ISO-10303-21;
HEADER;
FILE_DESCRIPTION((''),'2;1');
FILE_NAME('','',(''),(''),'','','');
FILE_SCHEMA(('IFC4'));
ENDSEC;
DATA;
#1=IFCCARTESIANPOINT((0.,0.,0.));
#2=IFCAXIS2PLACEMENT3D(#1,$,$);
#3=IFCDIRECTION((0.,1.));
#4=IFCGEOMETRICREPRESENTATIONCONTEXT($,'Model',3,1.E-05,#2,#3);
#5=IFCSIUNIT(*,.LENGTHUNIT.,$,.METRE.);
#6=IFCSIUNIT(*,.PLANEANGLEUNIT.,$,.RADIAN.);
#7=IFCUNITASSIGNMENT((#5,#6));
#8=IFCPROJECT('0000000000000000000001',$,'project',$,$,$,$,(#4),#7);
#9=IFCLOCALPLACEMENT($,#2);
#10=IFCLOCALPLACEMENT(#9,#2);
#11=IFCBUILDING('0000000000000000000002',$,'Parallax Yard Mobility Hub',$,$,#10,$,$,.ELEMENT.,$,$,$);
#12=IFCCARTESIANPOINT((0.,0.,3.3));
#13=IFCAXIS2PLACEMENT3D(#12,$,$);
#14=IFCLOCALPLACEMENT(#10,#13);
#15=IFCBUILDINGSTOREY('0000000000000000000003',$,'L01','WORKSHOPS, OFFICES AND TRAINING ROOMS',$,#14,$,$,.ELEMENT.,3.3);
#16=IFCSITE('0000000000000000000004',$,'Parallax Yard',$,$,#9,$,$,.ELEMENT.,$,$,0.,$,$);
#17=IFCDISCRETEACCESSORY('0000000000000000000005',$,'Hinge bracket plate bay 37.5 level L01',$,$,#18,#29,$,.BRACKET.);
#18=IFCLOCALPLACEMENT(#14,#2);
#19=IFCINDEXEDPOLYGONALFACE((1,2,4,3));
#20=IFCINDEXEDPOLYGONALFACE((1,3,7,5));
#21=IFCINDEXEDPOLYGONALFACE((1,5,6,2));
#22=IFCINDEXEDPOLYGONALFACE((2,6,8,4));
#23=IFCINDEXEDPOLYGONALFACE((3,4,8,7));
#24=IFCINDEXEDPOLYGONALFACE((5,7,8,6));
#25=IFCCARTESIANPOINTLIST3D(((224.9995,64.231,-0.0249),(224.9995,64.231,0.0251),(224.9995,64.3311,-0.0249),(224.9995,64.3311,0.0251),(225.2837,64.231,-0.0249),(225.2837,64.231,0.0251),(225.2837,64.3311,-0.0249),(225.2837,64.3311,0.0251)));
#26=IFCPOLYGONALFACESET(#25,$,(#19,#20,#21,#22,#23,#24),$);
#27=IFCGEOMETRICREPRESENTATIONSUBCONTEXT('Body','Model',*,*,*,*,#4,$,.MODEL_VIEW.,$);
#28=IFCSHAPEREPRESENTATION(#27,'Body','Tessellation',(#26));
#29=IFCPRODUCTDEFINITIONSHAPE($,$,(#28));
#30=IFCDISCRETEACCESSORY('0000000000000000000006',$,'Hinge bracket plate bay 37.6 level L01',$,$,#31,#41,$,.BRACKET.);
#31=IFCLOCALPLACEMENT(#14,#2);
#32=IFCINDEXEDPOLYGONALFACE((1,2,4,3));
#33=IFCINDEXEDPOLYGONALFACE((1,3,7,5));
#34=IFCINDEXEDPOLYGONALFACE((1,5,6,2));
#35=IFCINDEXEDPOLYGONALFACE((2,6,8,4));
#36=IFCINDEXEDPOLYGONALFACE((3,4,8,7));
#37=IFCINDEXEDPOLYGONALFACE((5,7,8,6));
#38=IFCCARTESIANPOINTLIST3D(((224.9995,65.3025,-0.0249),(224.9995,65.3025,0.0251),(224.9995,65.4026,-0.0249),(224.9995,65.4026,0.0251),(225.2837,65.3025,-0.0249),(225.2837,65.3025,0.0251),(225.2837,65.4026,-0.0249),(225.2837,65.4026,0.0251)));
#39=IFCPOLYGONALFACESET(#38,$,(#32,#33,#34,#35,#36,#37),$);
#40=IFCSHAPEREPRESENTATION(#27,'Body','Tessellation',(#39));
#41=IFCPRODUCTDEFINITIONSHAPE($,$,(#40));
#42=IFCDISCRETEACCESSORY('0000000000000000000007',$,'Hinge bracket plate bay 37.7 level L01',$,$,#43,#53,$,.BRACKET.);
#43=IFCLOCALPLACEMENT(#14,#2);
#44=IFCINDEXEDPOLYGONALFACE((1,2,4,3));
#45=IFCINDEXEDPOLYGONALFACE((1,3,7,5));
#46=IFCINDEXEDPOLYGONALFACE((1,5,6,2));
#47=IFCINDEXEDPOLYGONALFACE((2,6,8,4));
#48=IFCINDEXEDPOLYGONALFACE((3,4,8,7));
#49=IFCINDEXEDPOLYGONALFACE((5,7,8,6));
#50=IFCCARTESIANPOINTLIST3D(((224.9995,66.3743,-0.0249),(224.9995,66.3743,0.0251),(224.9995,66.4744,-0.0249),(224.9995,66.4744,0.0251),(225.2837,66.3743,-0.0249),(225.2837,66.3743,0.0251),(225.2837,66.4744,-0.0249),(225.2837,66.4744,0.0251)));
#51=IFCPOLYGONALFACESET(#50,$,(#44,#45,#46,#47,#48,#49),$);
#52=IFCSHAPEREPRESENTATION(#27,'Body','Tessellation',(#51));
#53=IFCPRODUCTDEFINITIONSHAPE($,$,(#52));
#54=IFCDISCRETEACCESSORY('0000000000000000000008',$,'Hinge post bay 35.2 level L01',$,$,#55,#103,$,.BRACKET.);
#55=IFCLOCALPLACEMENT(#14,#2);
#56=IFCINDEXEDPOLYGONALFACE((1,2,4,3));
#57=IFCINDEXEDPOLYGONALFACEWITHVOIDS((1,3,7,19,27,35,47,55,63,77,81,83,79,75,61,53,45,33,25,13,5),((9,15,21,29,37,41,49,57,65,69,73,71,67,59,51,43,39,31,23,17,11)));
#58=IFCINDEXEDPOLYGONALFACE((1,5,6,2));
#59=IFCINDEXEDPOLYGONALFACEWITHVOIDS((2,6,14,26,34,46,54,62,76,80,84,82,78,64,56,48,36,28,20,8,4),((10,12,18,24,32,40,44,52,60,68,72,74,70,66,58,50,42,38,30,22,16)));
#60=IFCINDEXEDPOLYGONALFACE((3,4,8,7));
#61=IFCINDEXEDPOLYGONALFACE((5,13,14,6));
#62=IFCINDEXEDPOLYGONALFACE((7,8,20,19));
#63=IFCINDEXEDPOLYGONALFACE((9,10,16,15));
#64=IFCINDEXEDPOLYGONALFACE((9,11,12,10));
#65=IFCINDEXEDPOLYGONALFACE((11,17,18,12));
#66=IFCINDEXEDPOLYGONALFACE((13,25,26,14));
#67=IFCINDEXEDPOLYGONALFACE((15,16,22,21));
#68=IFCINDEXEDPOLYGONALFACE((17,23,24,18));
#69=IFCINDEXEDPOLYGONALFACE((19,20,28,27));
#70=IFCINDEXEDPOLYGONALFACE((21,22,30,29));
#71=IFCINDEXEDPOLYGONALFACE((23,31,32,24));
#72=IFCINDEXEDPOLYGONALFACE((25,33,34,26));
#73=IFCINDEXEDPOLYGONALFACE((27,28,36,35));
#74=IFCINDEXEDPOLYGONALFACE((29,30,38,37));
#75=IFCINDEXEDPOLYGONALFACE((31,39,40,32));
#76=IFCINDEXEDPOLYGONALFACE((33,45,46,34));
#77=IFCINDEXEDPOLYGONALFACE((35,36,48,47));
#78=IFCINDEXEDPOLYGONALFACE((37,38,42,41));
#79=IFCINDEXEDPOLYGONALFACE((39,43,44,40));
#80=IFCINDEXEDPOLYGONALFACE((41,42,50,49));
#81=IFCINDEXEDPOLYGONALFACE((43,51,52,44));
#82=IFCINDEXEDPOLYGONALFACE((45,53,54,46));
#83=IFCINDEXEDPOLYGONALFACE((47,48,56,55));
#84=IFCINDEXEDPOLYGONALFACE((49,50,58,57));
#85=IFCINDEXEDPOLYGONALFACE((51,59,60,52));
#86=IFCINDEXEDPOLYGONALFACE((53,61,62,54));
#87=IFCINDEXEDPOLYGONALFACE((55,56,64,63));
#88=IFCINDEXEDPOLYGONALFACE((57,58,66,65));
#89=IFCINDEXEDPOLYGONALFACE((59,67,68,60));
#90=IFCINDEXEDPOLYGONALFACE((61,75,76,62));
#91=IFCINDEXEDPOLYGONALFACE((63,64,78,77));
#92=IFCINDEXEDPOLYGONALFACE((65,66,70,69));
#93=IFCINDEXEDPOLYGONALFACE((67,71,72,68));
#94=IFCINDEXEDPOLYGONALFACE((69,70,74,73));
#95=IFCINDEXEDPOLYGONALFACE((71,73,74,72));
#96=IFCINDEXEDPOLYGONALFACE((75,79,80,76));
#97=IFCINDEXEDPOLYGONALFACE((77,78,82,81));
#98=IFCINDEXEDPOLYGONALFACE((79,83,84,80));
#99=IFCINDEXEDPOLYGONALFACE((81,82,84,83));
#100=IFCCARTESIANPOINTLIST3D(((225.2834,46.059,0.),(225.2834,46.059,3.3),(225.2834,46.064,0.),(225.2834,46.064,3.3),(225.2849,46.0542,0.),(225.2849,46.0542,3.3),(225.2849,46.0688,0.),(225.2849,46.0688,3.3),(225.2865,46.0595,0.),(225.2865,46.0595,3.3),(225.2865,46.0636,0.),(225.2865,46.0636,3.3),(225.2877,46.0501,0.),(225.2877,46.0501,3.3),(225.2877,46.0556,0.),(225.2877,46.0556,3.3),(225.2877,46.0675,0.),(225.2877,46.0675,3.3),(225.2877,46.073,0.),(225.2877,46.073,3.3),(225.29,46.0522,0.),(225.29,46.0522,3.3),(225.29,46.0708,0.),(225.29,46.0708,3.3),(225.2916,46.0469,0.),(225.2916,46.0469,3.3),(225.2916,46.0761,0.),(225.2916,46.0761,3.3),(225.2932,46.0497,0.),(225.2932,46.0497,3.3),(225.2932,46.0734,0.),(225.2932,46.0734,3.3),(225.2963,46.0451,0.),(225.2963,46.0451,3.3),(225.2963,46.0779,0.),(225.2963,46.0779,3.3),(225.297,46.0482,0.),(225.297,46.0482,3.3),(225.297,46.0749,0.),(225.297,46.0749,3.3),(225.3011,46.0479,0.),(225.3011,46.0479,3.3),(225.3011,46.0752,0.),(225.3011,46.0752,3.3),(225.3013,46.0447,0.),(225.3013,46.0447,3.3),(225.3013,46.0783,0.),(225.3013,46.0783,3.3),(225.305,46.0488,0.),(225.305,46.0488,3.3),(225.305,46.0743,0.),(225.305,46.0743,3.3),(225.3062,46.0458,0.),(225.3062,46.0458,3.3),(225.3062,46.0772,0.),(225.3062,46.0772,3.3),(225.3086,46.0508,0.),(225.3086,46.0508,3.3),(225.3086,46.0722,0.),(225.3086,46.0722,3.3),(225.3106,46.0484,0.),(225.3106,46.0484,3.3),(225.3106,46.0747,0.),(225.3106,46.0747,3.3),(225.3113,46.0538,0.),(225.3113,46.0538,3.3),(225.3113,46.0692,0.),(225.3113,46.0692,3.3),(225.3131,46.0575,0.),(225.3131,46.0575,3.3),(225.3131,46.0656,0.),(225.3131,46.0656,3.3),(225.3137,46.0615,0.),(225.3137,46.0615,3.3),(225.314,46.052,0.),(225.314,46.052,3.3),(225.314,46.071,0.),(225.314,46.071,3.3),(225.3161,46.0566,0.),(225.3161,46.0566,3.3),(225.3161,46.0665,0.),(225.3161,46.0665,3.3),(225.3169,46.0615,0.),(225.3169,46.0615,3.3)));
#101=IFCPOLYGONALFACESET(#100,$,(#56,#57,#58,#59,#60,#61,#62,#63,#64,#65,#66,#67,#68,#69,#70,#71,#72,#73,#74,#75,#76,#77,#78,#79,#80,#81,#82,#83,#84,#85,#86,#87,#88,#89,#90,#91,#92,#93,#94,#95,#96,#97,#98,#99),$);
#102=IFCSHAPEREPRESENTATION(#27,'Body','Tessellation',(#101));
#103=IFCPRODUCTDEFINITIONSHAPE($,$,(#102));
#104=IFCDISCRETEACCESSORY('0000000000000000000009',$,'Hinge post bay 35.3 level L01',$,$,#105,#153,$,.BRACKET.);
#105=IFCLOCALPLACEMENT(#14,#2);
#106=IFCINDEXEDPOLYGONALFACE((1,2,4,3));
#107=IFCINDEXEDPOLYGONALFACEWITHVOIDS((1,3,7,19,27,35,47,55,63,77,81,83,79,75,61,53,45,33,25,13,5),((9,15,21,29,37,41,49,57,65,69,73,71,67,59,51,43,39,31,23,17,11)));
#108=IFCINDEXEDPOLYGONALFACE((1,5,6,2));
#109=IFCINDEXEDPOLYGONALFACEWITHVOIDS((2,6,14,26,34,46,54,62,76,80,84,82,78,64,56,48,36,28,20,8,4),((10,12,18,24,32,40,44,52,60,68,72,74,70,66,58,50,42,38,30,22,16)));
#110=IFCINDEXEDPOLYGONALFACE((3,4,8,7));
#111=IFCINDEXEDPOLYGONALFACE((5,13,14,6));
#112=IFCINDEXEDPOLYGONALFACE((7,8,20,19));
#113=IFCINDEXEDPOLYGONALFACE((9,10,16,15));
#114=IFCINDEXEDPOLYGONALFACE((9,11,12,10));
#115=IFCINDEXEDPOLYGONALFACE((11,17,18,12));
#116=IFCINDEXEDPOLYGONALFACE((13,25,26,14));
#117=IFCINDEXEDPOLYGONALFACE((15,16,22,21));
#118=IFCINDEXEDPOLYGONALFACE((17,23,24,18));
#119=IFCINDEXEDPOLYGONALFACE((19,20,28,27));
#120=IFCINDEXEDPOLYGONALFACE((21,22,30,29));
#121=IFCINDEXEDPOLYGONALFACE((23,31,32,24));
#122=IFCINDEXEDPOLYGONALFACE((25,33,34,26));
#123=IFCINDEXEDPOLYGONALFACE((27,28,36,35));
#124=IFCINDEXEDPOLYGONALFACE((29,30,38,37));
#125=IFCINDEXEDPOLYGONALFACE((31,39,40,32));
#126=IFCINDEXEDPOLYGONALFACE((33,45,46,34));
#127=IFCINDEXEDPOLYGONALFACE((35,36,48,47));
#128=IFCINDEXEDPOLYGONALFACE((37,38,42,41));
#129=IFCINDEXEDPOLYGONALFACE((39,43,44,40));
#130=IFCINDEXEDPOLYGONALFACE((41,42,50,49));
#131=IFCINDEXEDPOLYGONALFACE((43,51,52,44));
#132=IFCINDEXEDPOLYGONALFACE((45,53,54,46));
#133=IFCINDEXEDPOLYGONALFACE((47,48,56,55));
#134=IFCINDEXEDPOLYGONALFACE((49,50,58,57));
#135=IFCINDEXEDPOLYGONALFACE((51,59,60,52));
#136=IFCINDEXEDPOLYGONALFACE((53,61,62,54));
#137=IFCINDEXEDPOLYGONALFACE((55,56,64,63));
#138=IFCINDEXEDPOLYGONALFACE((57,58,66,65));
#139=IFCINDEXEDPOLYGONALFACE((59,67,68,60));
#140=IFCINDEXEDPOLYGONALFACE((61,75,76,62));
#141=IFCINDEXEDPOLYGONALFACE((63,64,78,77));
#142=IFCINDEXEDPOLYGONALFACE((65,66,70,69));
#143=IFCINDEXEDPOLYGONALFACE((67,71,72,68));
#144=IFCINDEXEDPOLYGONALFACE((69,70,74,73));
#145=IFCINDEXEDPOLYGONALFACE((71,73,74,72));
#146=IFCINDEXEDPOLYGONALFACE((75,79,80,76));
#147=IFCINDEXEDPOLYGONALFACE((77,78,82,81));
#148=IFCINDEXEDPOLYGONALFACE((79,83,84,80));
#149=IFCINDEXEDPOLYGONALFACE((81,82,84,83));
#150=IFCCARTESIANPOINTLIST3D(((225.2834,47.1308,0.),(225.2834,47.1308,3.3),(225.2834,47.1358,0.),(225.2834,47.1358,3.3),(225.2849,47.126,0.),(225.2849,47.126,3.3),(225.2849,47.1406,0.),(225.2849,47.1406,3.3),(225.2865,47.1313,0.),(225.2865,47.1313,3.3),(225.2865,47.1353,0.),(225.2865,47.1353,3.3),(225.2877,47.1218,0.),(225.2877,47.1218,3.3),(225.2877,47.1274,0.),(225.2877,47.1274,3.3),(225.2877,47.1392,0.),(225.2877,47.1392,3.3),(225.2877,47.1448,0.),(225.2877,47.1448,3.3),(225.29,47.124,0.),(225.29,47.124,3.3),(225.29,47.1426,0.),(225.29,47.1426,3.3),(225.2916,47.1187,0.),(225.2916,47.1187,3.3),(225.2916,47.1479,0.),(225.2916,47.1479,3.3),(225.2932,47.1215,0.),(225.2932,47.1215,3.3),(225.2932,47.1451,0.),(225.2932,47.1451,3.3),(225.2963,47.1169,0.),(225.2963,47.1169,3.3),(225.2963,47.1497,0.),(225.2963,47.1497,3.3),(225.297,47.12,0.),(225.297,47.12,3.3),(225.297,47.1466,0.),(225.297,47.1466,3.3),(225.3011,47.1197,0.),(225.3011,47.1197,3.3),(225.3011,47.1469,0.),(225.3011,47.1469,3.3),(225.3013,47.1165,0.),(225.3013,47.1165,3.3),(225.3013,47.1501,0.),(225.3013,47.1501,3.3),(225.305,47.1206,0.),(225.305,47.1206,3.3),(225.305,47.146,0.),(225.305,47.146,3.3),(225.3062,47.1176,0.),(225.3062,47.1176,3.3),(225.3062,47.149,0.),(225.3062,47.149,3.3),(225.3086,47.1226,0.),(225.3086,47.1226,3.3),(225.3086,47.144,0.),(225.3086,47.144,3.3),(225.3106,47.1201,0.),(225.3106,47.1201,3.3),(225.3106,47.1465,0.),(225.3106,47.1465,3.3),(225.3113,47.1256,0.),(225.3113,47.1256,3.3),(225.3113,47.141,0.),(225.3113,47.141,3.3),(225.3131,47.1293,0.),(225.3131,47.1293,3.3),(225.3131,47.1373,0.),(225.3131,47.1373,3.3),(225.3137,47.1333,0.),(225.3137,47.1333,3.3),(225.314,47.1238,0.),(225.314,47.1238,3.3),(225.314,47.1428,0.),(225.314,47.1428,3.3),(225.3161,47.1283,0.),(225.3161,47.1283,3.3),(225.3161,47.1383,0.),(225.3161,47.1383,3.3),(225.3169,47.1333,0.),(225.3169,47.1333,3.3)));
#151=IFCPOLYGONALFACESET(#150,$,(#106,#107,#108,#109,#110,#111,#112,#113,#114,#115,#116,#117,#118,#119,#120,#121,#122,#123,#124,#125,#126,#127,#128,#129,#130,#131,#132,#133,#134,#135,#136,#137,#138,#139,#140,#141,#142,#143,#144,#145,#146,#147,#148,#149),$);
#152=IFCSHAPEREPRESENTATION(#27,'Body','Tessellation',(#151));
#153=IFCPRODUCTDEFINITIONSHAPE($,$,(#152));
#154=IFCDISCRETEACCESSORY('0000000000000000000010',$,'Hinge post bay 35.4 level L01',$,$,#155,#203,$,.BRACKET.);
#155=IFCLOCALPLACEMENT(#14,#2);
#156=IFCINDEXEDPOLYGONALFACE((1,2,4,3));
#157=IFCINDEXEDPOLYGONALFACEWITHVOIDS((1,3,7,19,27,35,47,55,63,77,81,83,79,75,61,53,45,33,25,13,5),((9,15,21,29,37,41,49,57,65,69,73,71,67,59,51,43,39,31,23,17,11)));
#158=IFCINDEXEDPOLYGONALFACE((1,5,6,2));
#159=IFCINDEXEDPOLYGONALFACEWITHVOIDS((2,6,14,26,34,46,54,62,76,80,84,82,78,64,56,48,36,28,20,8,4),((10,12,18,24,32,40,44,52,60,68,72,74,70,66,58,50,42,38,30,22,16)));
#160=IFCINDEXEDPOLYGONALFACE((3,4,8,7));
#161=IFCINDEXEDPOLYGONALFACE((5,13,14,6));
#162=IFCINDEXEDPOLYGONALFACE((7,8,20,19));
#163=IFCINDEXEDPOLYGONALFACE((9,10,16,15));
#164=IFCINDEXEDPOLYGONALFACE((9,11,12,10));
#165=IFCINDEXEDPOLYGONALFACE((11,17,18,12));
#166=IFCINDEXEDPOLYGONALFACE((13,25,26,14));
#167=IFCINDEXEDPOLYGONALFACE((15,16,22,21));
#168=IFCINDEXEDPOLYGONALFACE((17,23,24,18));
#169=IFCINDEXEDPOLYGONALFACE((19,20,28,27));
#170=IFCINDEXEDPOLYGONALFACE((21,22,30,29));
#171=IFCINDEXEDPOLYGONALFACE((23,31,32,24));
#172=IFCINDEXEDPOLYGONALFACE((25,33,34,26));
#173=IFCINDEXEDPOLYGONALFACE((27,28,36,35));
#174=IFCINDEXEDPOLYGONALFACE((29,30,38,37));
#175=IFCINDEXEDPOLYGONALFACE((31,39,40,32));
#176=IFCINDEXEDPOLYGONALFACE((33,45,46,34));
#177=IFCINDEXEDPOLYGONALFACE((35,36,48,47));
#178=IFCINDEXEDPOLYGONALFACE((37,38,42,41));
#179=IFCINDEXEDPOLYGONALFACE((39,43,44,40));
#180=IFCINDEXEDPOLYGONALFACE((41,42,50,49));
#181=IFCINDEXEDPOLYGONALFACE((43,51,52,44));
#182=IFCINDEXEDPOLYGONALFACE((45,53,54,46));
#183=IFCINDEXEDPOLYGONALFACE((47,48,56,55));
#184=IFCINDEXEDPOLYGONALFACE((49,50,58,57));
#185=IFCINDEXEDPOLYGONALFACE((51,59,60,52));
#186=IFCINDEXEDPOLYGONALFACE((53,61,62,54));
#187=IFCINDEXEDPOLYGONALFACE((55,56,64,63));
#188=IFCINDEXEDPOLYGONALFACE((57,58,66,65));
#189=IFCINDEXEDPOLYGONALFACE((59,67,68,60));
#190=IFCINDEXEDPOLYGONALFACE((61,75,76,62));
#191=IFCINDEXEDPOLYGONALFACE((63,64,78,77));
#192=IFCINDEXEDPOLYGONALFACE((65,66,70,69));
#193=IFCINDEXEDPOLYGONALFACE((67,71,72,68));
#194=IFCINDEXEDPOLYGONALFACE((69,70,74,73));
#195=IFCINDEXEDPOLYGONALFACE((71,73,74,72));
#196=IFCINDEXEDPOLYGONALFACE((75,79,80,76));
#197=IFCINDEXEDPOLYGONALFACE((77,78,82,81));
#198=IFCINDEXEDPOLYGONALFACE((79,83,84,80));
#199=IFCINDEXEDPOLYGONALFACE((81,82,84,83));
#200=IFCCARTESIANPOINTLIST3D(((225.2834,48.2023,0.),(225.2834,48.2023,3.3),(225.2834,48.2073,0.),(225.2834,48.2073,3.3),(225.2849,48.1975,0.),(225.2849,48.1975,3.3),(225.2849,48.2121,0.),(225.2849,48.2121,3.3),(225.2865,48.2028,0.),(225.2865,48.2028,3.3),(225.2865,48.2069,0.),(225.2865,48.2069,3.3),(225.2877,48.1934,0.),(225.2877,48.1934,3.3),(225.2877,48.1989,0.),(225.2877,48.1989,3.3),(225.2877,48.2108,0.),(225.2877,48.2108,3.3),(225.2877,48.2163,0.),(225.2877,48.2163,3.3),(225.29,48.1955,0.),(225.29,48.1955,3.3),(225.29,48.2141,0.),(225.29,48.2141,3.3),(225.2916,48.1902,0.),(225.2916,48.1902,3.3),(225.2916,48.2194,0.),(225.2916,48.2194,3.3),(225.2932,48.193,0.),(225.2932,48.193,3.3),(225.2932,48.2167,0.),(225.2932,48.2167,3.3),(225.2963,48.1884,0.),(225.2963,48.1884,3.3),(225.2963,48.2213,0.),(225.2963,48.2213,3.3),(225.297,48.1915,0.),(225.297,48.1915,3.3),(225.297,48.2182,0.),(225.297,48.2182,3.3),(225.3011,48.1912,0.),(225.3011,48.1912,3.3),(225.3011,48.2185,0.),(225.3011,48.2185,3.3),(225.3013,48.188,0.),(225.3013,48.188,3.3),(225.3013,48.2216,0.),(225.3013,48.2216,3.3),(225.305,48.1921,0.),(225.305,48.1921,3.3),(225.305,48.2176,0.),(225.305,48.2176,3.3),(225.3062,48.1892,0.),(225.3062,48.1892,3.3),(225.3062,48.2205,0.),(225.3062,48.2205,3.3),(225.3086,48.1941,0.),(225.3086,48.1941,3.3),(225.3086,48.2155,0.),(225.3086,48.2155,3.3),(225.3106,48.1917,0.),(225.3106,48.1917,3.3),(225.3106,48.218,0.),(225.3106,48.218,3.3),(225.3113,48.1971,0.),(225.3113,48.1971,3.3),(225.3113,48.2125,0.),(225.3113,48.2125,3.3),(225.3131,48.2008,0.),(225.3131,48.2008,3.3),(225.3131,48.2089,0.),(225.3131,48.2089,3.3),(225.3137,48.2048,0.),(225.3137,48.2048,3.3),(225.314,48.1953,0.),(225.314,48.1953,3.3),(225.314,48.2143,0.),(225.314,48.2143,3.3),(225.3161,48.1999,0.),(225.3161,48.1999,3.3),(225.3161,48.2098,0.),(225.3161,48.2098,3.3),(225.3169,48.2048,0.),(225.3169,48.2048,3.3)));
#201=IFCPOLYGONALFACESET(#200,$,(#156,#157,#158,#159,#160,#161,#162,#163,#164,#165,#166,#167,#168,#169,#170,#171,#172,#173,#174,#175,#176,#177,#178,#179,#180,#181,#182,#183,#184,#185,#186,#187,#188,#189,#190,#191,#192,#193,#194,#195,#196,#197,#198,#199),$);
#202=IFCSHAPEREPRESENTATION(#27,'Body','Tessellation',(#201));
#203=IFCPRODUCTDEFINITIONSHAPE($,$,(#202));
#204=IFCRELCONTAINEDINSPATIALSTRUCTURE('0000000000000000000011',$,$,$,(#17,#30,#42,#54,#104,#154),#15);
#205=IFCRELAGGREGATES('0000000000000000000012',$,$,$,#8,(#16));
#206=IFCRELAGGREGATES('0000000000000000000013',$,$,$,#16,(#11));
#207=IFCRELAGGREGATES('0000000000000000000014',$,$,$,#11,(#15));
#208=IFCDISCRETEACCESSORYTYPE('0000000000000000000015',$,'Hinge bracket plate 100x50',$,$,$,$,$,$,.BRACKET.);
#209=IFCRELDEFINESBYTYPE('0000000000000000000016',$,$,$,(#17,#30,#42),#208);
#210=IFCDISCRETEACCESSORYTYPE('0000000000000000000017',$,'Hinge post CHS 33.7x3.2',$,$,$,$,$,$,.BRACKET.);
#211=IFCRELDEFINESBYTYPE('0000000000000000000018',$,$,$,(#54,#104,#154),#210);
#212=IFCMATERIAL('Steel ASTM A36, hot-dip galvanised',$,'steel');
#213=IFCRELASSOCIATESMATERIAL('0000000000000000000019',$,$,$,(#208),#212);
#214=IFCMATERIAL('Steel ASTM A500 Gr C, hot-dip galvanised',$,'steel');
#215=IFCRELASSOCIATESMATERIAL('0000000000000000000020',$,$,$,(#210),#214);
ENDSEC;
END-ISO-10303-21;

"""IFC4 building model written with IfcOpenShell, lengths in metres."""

from ifc_helpers import new_model, si_unit, direction, frame, origin, origin_2d, place, context, subcontext, project, spatial, rectangle, hollow_circle, extrude, material, material_profile, profile_set, type_object, element, save


model = new_model("IFC4")

# Units and contexts
model_context = context("Model", 3, precision=1e-05, world=origin(), true_north=direction((0.0, 1.0)))
body_context = subcontext(model_context, "Body", "Model", "MODEL_VIEW")
ifc_project = project(units=[si_unit("LENGTHUNIT", "METRE"), si_unit("PLANEANGLEUNIT", "RADIAN")], contexts=[model_context])

# Site, building, storey
site_placement = place(None, origin())
site = spatial("IfcSite", under=ifc_project, at=site_placement, Name="Parallax Yard", CompositionType="ELEMENT", RefElevation=0.0)
building_placement = place(site_placement, origin())
building = spatial("IfcBuilding", under=site, at=building_placement, Name="Parallax Yard Mobility Hub", CompositionType="ELEMENT")
storey_placement = place(building_placement, frame((0.0, 0.0, 3.3)))
storey = spatial("IfcBuildingStorey", under=building, at=storey_placement, Name="L01", Description="WORKSHOPS, OFFICES AND TRAINING ROOMS", CompositionType="ELEMENT", Elevation=3.3)

# Discrete accessories
ifc_material_1 = material(Name="Steel ASTM A36, hot-dip galvanised", Category="steel")
discrete_accessory_type_1 = type_object("IfcDiscreteAccessoryType", Name="Hinge bracket plate 100x50", PredefinedType="BRACKET", material=ifc_material_1)
for number, where, z_axis, x_axis, name in (
    (1, (225.1416, 64.281, -0.0249), (0.0, 0.0, 1.0), (1.0, 0.0, 0.0), "Hinge bracket plate bay 37.5 level L01"),
    (2, (225.1416, 65.3525, -0.0249), (0.0, 0.0, 1.0), (1.0, 0.0, 0.0), "Hinge bracket plate bay 37.6 level L01"),
    (3, (225.1416, 66.4243, -0.0249), (0.0, 0.0, 1.0), (1.0, 0.0, 0.0), "Hinge bracket plate bay 37.7 level L01"),
):
    element("IfcDiscreteAccessory", number, at=place(storey_placement, frame(where, z_axis=z_axis, x_axis=x_axis)), inside=storey, type_object=discrete_accessory_type_1, Name=name, PredefinedType="BRACKET", context=body_context, shape_type="SweptSolid", body=[
        extrude(rectangle(XDim=0.2842, YDim=0.1001, at=origin_2d()), origin(), (0.0, 0.0, 1.0), 0.05),
    ])
ifc_material_2 = material(Name="Steel ASTM A500 Gr C, hot-dip galvanised", Category="steel")
ifc_material_profile_1 = material_profile(ifc_material_2, hollow_circle(Radius=0.0168, WallThickness=0.0032, at=origin_2d()), Name="CHS 33.7x3.2")
ifc_profile_set_1 = profile_set([ifc_material_profile_1], Name="Steel ASTM A500 Gr C, hot-dip galvanised")
discrete_accessory_type_2 = type_object("IfcDiscreteAccessoryType", Name="Hinge post CHS 33.7x3.2", PredefinedType="BRACKET", material=ifc_profile_set_1)
for number, where, z_axis, x_axis, name in (
    (4, (225.3, 46.0615, 0.0), (0.0, 0.0, 1.0), (1.0, 0.0, 0.0), "Hinge post bay 35.2 level L01"),
    (5, (225.3, 47.1333, 0.0), (0.0, 0.0, 1.0), (1.0, 0.0, 0.0), "Hinge post bay 35.3 level L01"),
    (6, (225.3, 48.2048, 0.0), (0.0, 0.0, 1.0), (1.0, 0.0, 0.0), "Hinge post bay 35.4 level L01"),
):
    element("IfcDiscreteAccessory", number, at=place(storey_placement, frame(where, z_axis=z_axis, x_axis=x_axis)), inside=storey, type_object=discrete_accessory_type_2, Name=name, PredefinedType="BRACKET", context=body_context, shape_type="SweptSolid", body=[
        extrude(hollow_circle(Radius=0.0168, WallThickness=0.0032, at=origin_2d()), origin(), (0.0, 0.0, 1.0), 3.3),
    ])

save(model, "model.ifc")
